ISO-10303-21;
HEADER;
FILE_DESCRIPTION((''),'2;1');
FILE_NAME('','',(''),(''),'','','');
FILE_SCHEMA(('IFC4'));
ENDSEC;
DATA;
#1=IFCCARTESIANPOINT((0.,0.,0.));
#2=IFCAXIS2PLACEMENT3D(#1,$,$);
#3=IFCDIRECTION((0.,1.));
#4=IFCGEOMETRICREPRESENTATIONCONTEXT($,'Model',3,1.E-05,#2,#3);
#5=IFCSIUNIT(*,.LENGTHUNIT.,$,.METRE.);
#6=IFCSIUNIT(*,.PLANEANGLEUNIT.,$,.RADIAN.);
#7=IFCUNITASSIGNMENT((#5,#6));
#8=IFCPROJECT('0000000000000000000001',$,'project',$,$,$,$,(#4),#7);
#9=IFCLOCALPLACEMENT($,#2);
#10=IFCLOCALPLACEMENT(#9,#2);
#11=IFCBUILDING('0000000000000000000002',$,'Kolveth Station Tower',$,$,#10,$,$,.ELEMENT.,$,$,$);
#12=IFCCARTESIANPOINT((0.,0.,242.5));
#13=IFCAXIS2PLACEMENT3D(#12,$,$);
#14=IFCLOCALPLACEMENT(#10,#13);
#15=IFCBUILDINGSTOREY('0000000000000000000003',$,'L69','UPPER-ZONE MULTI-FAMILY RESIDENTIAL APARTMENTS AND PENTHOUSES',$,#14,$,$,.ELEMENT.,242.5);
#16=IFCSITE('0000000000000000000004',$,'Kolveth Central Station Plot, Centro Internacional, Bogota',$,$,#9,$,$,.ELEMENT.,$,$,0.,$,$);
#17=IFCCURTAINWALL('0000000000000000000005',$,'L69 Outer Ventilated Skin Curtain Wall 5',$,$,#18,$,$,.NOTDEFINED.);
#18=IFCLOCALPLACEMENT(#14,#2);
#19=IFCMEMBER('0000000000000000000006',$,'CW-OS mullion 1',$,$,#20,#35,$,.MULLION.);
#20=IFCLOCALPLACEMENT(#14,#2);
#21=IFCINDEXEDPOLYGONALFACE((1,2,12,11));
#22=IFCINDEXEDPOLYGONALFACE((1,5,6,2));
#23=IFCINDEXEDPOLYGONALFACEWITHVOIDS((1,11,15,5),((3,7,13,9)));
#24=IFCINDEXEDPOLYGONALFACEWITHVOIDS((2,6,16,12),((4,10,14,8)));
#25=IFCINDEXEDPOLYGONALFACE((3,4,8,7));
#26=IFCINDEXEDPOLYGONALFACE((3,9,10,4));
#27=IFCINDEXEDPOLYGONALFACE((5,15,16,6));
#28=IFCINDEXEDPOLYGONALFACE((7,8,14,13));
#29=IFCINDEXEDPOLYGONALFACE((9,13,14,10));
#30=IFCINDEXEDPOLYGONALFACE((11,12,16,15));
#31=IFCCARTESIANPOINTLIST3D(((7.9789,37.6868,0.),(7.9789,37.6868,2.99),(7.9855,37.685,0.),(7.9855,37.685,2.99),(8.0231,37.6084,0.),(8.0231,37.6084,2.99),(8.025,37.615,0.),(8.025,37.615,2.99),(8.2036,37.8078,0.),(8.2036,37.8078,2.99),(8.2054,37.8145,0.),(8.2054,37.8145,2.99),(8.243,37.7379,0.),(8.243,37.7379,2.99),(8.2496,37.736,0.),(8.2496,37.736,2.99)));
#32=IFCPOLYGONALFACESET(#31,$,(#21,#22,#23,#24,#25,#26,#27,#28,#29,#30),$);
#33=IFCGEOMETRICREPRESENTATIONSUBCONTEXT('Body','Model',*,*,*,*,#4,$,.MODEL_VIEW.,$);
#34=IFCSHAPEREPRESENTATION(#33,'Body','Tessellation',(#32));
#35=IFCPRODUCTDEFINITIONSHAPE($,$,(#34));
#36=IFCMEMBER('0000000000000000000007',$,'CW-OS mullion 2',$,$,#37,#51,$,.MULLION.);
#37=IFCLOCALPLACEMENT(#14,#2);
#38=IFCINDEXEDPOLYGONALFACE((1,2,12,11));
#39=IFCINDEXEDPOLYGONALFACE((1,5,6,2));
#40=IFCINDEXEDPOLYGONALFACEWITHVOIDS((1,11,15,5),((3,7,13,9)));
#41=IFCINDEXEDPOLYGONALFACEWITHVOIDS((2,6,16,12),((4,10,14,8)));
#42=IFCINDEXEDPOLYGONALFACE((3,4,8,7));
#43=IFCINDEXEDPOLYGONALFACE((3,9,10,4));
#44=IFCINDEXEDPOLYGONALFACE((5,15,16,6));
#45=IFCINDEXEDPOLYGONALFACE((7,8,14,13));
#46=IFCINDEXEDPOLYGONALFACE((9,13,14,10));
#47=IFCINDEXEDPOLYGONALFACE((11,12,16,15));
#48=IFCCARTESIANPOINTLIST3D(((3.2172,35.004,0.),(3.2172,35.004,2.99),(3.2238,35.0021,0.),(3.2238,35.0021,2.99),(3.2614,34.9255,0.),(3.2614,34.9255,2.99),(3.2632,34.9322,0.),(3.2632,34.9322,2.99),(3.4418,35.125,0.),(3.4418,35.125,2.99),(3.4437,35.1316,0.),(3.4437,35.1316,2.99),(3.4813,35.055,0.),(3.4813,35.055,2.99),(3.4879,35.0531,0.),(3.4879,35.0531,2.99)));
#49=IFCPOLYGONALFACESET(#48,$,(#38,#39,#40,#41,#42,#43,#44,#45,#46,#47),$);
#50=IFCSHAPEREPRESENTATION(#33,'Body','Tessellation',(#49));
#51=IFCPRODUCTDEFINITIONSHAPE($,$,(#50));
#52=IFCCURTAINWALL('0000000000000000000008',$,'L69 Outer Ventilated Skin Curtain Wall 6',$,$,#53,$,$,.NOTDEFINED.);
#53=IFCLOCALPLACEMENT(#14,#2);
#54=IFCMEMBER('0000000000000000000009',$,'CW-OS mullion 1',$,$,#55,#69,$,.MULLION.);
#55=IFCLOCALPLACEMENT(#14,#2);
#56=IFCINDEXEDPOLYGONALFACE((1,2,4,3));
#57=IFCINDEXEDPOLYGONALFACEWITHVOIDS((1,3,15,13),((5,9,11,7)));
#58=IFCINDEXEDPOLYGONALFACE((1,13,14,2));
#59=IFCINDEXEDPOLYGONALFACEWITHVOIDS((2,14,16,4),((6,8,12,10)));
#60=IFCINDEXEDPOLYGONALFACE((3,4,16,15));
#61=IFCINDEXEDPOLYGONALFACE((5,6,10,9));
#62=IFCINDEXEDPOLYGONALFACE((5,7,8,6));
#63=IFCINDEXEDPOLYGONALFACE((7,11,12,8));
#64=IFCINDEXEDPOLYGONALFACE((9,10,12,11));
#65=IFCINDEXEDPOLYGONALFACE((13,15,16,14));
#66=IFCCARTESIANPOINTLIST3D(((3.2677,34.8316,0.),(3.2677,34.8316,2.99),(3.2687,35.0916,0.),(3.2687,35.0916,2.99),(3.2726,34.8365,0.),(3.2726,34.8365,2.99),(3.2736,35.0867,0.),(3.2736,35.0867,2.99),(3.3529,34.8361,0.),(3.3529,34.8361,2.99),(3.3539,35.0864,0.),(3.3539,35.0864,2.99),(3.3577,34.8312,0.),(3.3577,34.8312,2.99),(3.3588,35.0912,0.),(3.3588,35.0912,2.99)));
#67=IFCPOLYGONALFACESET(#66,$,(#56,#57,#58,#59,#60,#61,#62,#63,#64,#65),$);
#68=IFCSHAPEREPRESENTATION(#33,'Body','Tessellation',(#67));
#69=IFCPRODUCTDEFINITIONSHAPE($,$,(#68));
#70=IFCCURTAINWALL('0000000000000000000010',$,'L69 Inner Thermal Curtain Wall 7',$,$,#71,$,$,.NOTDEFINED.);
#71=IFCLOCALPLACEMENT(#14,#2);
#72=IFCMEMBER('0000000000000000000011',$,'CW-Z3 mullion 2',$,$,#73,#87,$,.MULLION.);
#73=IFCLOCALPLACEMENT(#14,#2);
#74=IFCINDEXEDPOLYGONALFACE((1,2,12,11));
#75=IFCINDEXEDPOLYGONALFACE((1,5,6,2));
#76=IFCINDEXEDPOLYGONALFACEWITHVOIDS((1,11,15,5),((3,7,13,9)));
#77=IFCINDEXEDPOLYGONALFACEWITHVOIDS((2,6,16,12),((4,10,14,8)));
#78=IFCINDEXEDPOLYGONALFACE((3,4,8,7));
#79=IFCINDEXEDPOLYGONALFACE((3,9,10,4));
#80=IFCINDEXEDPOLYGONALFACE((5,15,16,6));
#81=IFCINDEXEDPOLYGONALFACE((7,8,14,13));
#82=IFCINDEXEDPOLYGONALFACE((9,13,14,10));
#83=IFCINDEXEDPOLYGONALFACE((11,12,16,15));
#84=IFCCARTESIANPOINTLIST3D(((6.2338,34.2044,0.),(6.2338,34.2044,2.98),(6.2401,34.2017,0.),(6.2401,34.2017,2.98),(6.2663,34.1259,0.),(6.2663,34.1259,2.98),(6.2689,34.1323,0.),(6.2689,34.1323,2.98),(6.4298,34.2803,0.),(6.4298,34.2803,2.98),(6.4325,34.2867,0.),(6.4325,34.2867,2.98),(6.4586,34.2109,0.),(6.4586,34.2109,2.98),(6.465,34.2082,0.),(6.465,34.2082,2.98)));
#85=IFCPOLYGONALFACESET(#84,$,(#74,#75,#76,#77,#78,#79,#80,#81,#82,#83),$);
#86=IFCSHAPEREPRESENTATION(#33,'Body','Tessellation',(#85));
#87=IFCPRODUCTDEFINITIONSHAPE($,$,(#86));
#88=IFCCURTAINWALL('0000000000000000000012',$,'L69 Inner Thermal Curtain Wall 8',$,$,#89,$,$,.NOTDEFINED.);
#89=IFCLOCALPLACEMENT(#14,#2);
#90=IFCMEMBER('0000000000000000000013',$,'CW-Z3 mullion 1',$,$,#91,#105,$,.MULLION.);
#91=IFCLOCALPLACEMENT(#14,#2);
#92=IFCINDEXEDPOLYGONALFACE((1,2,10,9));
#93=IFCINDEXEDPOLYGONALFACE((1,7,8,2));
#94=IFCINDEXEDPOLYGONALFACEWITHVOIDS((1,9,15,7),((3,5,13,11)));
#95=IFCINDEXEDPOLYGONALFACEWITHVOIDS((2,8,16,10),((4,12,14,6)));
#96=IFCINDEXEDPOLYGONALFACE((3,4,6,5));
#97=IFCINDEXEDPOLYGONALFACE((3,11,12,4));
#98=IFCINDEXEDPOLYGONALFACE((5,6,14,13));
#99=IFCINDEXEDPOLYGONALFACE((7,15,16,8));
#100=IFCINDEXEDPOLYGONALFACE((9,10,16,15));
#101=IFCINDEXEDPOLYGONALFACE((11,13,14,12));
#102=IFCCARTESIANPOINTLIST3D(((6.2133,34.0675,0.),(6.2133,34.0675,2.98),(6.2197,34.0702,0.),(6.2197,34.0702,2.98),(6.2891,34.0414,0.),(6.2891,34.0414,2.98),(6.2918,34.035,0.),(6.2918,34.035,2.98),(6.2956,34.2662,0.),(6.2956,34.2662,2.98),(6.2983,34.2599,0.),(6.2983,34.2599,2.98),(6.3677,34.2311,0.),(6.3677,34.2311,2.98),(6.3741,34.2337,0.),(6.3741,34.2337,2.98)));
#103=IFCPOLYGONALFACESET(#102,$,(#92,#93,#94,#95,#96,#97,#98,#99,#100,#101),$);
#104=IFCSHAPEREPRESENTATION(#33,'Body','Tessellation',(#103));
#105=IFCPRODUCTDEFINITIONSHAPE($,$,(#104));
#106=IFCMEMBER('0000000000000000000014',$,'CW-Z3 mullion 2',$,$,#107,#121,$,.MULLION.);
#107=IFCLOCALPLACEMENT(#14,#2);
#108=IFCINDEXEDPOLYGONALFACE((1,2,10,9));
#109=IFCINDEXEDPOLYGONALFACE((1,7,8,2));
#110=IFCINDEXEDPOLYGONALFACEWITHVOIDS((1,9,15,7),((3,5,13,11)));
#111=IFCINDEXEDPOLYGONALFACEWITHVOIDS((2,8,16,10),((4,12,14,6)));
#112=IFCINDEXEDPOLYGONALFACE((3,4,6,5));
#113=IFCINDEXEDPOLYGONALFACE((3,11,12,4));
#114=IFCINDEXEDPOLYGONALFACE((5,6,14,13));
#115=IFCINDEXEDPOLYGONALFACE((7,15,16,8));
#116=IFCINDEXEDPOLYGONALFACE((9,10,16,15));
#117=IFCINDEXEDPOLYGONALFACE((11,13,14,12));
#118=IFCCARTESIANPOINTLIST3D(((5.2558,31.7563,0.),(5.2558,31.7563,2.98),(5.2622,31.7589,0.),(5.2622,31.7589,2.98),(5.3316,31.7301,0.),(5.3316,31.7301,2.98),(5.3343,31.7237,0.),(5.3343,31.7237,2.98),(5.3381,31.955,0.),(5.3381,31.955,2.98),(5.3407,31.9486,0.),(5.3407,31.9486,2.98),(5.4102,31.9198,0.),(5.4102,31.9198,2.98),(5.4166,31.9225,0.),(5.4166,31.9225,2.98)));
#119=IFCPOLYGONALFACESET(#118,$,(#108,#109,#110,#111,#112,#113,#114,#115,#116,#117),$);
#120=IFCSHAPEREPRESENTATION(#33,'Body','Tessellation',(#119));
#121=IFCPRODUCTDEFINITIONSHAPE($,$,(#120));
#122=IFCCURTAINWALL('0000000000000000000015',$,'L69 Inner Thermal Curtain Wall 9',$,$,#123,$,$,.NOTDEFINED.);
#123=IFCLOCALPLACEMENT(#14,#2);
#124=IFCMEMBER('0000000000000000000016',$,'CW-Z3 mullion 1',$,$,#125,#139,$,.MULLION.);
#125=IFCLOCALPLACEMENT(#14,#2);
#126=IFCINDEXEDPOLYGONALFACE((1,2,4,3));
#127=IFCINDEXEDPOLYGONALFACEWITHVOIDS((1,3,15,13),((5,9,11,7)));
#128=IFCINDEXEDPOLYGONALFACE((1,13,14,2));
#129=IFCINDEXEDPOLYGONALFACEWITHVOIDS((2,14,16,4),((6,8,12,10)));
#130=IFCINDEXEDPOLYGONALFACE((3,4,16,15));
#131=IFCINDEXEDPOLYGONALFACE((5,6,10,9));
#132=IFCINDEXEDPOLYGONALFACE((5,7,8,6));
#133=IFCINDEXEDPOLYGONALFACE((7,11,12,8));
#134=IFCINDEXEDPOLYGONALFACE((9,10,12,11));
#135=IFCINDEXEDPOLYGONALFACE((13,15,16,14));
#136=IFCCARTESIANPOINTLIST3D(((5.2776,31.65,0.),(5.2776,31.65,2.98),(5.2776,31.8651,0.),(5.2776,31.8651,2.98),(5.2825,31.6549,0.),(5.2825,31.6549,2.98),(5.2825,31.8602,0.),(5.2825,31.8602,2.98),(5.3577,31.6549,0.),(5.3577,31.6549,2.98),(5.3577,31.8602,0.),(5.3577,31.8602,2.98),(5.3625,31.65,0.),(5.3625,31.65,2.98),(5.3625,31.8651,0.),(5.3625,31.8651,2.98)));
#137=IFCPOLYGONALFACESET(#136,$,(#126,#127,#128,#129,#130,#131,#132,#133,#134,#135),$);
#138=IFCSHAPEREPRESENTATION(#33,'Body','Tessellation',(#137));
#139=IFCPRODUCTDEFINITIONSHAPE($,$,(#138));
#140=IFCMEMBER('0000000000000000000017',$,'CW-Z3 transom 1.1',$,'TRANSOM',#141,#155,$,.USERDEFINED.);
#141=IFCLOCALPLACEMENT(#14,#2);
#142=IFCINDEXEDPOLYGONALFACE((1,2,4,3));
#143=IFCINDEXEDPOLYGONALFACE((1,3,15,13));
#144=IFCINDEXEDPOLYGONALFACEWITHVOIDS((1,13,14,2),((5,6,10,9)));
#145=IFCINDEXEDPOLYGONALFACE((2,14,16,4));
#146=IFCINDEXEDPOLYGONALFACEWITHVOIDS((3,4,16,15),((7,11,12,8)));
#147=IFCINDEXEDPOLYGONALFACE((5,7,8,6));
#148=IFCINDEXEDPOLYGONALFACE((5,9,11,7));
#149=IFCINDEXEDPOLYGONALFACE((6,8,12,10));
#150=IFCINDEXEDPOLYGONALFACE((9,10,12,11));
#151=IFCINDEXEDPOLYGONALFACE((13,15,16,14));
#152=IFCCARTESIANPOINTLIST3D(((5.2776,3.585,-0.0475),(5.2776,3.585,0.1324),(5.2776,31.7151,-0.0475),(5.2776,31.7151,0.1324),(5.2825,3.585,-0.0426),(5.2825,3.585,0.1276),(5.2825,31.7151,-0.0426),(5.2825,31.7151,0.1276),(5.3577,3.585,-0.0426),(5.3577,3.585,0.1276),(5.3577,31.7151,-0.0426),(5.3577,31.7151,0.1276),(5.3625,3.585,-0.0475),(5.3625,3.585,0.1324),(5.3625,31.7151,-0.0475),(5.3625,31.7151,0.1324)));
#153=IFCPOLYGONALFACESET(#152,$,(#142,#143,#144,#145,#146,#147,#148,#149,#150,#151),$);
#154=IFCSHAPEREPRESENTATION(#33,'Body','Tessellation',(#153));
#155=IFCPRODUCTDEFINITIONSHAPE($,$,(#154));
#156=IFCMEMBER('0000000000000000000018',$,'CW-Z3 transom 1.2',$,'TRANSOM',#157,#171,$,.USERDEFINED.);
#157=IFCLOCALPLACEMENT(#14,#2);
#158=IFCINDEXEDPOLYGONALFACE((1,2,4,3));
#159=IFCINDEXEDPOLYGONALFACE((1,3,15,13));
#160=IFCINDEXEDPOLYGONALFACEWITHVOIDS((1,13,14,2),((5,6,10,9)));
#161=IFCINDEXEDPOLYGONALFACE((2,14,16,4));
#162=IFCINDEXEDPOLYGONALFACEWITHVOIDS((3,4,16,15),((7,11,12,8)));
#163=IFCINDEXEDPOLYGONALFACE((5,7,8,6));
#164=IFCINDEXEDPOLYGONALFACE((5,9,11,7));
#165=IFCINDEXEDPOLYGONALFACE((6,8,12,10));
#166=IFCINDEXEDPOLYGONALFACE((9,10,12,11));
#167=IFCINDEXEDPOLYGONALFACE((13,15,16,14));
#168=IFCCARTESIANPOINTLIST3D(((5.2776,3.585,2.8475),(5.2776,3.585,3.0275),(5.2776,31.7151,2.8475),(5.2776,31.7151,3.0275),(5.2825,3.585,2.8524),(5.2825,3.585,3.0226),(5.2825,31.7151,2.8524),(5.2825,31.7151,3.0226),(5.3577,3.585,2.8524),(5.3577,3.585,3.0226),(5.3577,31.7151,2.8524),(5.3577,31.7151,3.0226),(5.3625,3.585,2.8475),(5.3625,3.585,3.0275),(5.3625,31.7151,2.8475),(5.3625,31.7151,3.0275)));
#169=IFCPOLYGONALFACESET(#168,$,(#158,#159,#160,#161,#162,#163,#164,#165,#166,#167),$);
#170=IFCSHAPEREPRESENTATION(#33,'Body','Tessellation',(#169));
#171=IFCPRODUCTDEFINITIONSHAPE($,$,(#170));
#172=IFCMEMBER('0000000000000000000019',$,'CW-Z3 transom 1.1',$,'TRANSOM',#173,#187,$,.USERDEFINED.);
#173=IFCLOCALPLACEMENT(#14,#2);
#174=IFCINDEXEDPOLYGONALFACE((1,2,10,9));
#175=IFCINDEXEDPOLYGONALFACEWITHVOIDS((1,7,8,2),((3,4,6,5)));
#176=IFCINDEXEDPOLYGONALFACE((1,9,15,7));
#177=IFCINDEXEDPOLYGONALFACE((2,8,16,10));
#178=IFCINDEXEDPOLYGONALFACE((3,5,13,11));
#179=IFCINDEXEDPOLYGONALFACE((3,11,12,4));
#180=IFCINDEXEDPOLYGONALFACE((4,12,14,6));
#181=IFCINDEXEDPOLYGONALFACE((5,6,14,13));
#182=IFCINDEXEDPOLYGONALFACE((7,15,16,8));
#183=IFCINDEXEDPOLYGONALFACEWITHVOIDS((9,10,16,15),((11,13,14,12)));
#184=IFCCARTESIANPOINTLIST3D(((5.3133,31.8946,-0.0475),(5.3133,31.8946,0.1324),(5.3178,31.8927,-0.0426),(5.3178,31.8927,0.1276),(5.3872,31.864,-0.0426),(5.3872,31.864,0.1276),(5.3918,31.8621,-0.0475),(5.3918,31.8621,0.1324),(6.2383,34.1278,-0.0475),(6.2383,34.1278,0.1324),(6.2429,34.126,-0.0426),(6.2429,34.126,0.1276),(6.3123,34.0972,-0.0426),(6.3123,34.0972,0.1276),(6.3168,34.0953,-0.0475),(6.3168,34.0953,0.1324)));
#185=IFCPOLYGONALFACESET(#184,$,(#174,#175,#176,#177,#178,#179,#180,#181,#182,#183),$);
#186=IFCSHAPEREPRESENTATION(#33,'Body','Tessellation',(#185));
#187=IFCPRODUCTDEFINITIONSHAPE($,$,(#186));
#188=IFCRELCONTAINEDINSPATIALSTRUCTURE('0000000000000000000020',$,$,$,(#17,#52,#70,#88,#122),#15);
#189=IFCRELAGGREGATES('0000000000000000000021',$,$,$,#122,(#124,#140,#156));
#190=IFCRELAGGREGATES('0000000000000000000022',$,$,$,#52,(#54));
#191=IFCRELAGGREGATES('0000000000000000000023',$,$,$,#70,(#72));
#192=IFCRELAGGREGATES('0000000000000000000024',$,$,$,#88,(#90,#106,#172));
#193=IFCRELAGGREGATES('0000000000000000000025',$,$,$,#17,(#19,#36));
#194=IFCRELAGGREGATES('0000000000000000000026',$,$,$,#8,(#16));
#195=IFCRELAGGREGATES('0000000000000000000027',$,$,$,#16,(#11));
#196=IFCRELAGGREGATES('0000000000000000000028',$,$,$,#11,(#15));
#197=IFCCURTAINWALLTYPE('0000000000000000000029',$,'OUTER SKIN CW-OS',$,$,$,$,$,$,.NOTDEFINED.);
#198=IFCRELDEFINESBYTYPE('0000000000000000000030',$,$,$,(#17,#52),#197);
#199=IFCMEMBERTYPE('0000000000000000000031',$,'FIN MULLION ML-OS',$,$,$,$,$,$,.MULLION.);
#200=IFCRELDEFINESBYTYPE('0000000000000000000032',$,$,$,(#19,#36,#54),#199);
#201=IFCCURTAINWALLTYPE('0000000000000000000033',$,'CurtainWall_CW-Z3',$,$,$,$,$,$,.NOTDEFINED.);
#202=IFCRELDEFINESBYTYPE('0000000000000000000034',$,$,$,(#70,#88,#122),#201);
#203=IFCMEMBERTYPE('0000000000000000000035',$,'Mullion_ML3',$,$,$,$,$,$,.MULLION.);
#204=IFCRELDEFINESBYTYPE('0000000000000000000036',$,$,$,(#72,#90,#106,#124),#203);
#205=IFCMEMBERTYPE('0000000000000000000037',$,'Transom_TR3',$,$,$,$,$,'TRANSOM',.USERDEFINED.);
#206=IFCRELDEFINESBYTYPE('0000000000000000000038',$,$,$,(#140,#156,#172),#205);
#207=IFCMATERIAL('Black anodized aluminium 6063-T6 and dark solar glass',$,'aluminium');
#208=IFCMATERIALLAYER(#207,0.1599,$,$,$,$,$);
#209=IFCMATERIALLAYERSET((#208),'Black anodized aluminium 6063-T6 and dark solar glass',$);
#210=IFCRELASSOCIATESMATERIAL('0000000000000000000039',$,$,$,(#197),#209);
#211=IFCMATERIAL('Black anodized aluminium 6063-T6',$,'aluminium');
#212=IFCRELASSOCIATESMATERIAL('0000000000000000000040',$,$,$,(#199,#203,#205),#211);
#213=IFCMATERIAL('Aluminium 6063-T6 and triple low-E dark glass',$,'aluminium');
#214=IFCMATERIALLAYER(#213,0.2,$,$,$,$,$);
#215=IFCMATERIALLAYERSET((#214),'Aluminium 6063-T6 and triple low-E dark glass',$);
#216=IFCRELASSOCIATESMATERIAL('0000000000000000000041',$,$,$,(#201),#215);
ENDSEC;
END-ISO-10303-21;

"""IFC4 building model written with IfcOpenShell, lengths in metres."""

from ifc_helpers import new_model, si_unit, direction, frame, origin, origin_2d, place, context, subcontext, project, spatial, hollow_rectangle, extrude, source, transform, mapped, material, layer, layer_set, material_profile, profile_set, type_object, element, aggregate, save


model = new_model("IFC4")

# Units and contexts
model_context = context("Model", 3, precision=1e-05, world=origin(), true_north=direction((0.0, 1.0)))
body_context = subcontext(model_context, "Body", "Model", "MODEL_VIEW")
ifc_project = project(units=[si_unit("LENGTHUNIT", "METRE"), si_unit("PLANEANGLEUNIT", "RADIAN")], contexts=[model_context])

# Site, building, storey
site_placement = place(None, origin())
site = spatial("IfcSite", under=ifc_project, at=site_placement, Name="Kolveth Central Station Plot, Centro Internacional, Bogota", CompositionType="ELEMENT", RefElevation=0.0)
building_placement = place(site_placement, origin())
building = spatial("IfcBuilding", under=site, at=building_placement, Name="Kolveth Station Tower", CompositionType="ELEMENT")
storey_placement = place(building_placement, frame((0.0, 0.0, 242.5)))
storey = spatial("IfcBuildingStorey", under=building, at=storey_placement, Name="L69", Description="UPPER-ZONE MULTI-FAMILY RESIDENTIAL APARTMENTS AND PENTHOUSES", CompositionType="ELEMENT", Elevation=242.5)

# Curtain wall, members
ifc_material_1 = material(Name="Black anodized aluminium 6063-T6 and dark solar glass", Category="aluminium")
ifc_layer_1 = layer(ifc_material_1, 0.1599)
ifc_layer_set_1 = layer_set([ifc_layer_1], Name="Black anodized aluminium 6063-T6 and dark solar glass")
curtain_wall_type_1 = type_object("IfcCurtainWallType", Name="OUTER SKIN CW-OS", PredefinedType="NOTDEFINED", material=ifc_layer_set_1)
curtain_wall_1_placement = place(storey_placement, origin())
curtain_wall_1 = element("IfcCurtainWall", 1, at=curtain_wall_1_placement, inside=storey, type_object=curtain_wall_type_1, Name="L69 Outer Ventilated Skin Curtain Wall 5", PredefinedType="NOTDEFINED")
ifc_material_2 = material(Name="Black anodized aluminium 6063-T6", Category="aluminium")
ifc_material_profile_1 = material_profile(ifc_material_2, hollow_rectangle(XDim=0.0901, YDim=0.26, WallThickness=0.0049, at=origin_2d()), Name="ALU-90x260x5")
ifc_profile_set_1 = profile_set([ifc_material_profile_1], Name="Black anodized aluminium 6063-T6")
member_type_1 = type_object("IfcMemberType", Name="FIN MULLION ML-OS", PredefinedType="MULLION", material=ifc_profile_set_1)
shared_shape_1 = source(origin(), body_context, "Body", "SweptSolid", [
    extrude(hollow_rectangle(XDim=0.0901, YDim=0.26, WallThickness=0.0049, at=origin_2d()), origin(), (0.0, 0.0, 1.0), 2.99),
])
member_1_placement = place(storey_placement, frame((8.1143, 37.7114, 0.0), z_axis=(0.0, 0.0, 1.0), x_axis=(0.490896, -0.871218, 0.0)))
member_1 = element("IfcMember", 2, at=member_1_placement, type_object=member_type_1, Name="CW-OS mullion 1", PredefinedType="MULLION", context=body_context, shape_type="MappedRepresentation", body=[
    mapped(shared_shape_1, transform((0.0, 0.0, 0.0), x_axis=(1.0, 0.0, 0.0), y_axis=(0.0, 1.0, 0.0), z_axis=(0.0, 0.0, 1.0), scale=1.0)),
])
member_2_placement = place(storey_placement, frame((3.3525, 35.0286, 0.0), z_axis=(0.0, 0.0, 1.0), x_axis=(0.490896, -0.871218, 0.0)))
member_2 = element("IfcMember", 3, at=member_2_placement, type_object=member_type_1, Name="CW-OS mullion 2", PredefinedType="MULLION", context=body_context, shape_type="MappedRepresentation", body=[
    mapped(shared_shape_1, transform((0.0, 0.0, 0.0), x_axis=(1.0, 0.0, 0.0), y_axis=(0.0, 1.0, 0.0), z_axis=(0.0, 0.0, 1.0), scale=1.0)),
])

# Curtain walls, members
curtain_wall_2_placement = place(storey_placement, origin())
curtain_wall_2 = element("IfcCurtainWall", 4, at=curtain_wall_2_placement, inside=storey, type_object=curtain_wall_type_1, Name="L69 Outer Ventilated Skin Curtain Wall 6", PredefinedType="NOTDEFINED")
member_3_placement = place(storey_placement, frame((3.3132, 34.9614, 0.0), z_axis=(0.0, 0.0, 1.0), x_axis=(0.999992, -0.004064, 0.0)))
member_3 = element("IfcMember", 5, at=member_3_placement, type_object=member_type_1, Name="CW-OS mullion 1", PredefinedType="MULLION", context=body_context, shape_type="MappedRepresentation", body=[
    mapped(shared_shape_1, transform((0.0, 0.0, 0.0), x_axis=(1.0, 0.0, 0.0), y_axis=(0.0, 1.0, 0.0), z_axis=(0.0, 0.0, 1.0), scale=1.0)),
])
ifc_material_3 = material(Name="Aluminium 6063-T6 and triple low-E dark glass", Category="aluminium")
ifc_layer_2 = layer(ifc_material_3, 0.2)
ifc_layer_set_2 = layer_set([ifc_layer_2], Name="Aluminium 6063-T6 and triple low-E dark glass")
curtain_wall_type_2 = type_object("IfcCurtainWallType", Name="CurtainWall_CW-Z3", PredefinedType="NOTDEFINED", material=ifc_layer_set_2)
curtain_wall_3_placement = place(storey_placement, origin())
curtain_wall_3 = element("IfcCurtainWall", 6, at=curtain_wall_3_placement, inside=storey, type_object=curtain_wall_type_2, Name="L69 Inner Thermal Curtain Wall 7", PredefinedType="NOTDEFINED")
ifc_material_profile_2 = material_profile(ifc_material_2, hollow_rectangle(XDim=0.085, YDim=0.2151, WallThickness=0.0049, at=origin_2d()), Name="ALU-85x215x5")
ifc_profile_set_2 = profile_set([ifc_material_profile_2], Name="Black anodized aluminium 6063-T6")
member_type_2 = type_object("IfcMemberType", Name="Mullion_ML3", PredefinedType="MULLION", material=ifc_profile_set_2)
shared_shape_2 = source(origin(), body_context, "Body", "SweptSolid", [
    extrude(hollow_rectangle(XDim=0.085, YDim=0.2151, WallThickness=0.0049, at=origin_2d()), origin(), (0.0, 0.0, 1.0), 2.98),
])
member_4_placement = place(storey_placement, frame((6.3494, 34.2063, 0.0), z_axis=(0.0, 0.0, 1.0), x_axis=(0.382693, -0.923875, 0.0)))
member_4 = element("IfcMember", 7, at=member_4_placement, type_object=member_type_2, Name="CW-Z3 mullion 2", PredefinedType="MULLION", context=body_context, shape_type="MappedRepresentation", body=[
    mapped(shared_shape_2, transform((0.0, 0.0, 0.0), x_axis=(1.0, 0.0, 0.0), y_axis=(0.0, 1.0, 0.0), z_axis=(0.0, 0.0, 1.0), scale=1.0)),
])

# Curtain walls, members
curtain_wall_4_placement = place(storey_placement, origin())
curtain_wall_4 = element("IfcCurtainWall", 8, at=curtain_wall_4_placement, inside=storey, type_object=curtain_wall_type_2, Name="L69 Inner Thermal Curtain Wall 8", PredefinedType="NOTDEFINED")
member_5_placement = place(storey_placement, frame((6.2937, 34.1506, 0.0), z_axis=(0.0, 0.0, 1.0), x_axis=(0.923875, -0.382693, 0.0)))
member_5 = element("IfcMember", 9, at=member_5_placement, type_object=member_type_2, Name="CW-Z3 mullion 1", PredefinedType="MULLION", context=body_context, shape_type="MappedRepresentation", body=[
    mapped(shared_shape_2, transform((0.0, 0.0, 0.0), x_axis=(1.0, 0.0, 0.0), y_axis=(0.0, 1.0, 0.0), z_axis=(0.0, 0.0, 1.0), scale=1.0)),
])
member_6_placement = place(storey_placement, frame((5.3362, 31.8394, 0.0), z_axis=(0.0, 0.0, 1.0), x_axis=(0.923875, -0.382693, 0.0)))
member_6 = element("IfcMember", 10, at=member_6_placement, type_object=member_type_2, Name="CW-Z3 mullion 2", PredefinedType="MULLION", context=body_context, shape_type="MappedRepresentation", body=[
    mapped(shared_shape_2, transform((0.0, 0.0, 0.0), x_axis=(1.0, 0.0, 0.0), y_axis=(0.0, 1.0, 0.0), z_axis=(0.0, 0.0, 1.0), scale=1.0)),
])
curtain_wall_5_placement = place(storey_placement, origin())
curtain_wall_5 = element("IfcCurtainWall", 11, at=curtain_wall_5_placement, inside=storey, type_object=curtain_wall_type_2, Name="L69 Inner Thermal Curtain Wall 9", PredefinedType="NOTDEFINED")
member_7_placement = place(storey_placement, frame((5.3201, 31.7576, 0.0), z_axis=(0.0, 0.0, 1.0), x_axis=(1.0, 0.0, 0.0)))
member_7 = element("IfcMember", 12, at=member_7_placement, type_object=member_type_2, Name="CW-Z3 mullion 1", PredefinedType="MULLION", context=body_context, shape_type="MappedRepresentation", body=[
    mapped(shared_shape_2, transform((0.0, 0.0, 0.0), x_axis=(1.0, 0.0, 0.0), y_axis=(0.0, 1.0, 0.0), z_axis=(0.0, 0.0, 1.0), scale=1.0)),
])
ifc_material_profile_3 = material_profile(ifc_material_2, hollow_rectangle(XDim=0.085, YDim=0.1799, WallThickness=0.0049, at=origin_2d()), Name="ALU-85x180x5")
ifc_profile_set_3 = profile_set([ifc_material_profile_3], Name="Black anodized aluminium 6063-T6")
member_type_3 = type_object("IfcMemberType", Name="Transom_TR3", ElementType="TRANSOM", PredefinedType="USERDEFINED", material=ifc_profile_set_3)
shared_shape_3 = source(origin(), body_context, "Body", "SweptSolid", [
    extrude(hollow_rectangle(XDim=0.085, YDim=0.1799, WallThickness=0.0049, at=origin_2d()), origin(), (0.0, 0.0, 1.0), 28.1301),
])
member_8_placement = place(storey_placement, frame((5.3201, 31.7151, 0.0425), z_axis=(0.0, -1.0, 0.0), x_axis=(1.0, 0.0, 0.0)))
member_8 = element("IfcMember", 13, at=member_8_placement, type_object=member_type_3, Name="CW-Z3 transom 1.1", ObjectType="TRANSOM", PredefinedType="USERDEFINED", context=body_context, shape_type="MappedRepresentation", body=[
    mapped(shared_shape_3, transform((0.0, 0.0, 0.0), x_axis=(1.0, 0.0, 0.0), y_axis=(0.0, 1.0, 0.0), z_axis=(0.0, 0.0, 1.0), scale=1.0)),
])
member_9_placement = place(storey_placement, frame((5.3201, 31.7151, 2.9375), z_axis=(0.0, -1.0, 0.0), x_axis=(1.0, 0.0, 0.0)))
member_9 = element("IfcMember", 14, at=member_9_placement, type_object=member_type_3, Name="CW-Z3 transom 1.2", ObjectType="TRANSOM", PredefinedType="USERDEFINED", context=body_context, shape_type="MappedRepresentation", body=[
    mapped(shared_shape_3, transform((0.0, 0.0, 0.0), x_axis=(1.0, 0.0, 0.0), y_axis=(0.0, 1.0, 0.0), z_axis=(0.0, 0.0, 1.0), scale=1.0)),
])
aggregate(curtain_wall_5, [member_7, member_8, member_9])

# Member
shared_shape_4 = source(origin(), body_context, "Body", "SweptSolid", [
    extrude(hollow_rectangle(XDim=0.085, YDim=0.1799, WallThickness=0.0049, at=origin_2d()), origin(), (0.0, 0.0, 1.0), 2.4172),
])
member_10_placement = place(storey_placement, frame((6.2776, 34.1116, 0.0425), z_axis=(-0.3827, -0.923873, 0.0), x_axis=(0.923873, -0.3827, 0.0)))
member_10 = element("IfcMember", 15, at=member_10_placement, type_object=member_type_3, Name="CW-Z3 transom 1.1", ObjectType="TRANSOM", PredefinedType="USERDEFINED", context=body_context, shape_type="MappedRepresentation", body=[
    mapped(shared_shape_4, transform((0.0, 0.0, 0.0), x_axis=(1.0, 0.0, 0.0), y_axis=(0.0, 1.0, 0.0), z_axis=(0.0, 0.0, 1.0), scale=1.0)),
])
aggregate(curtain_wall_2, [member_3])

aggregate(curtain_wall_3, [member_4])
aggregate(curtain_wall_4, [member_5, member_6, member_10])
aggregate(curtain_wall_1, [member_1, member_2])

save(model, "model.ifc")
